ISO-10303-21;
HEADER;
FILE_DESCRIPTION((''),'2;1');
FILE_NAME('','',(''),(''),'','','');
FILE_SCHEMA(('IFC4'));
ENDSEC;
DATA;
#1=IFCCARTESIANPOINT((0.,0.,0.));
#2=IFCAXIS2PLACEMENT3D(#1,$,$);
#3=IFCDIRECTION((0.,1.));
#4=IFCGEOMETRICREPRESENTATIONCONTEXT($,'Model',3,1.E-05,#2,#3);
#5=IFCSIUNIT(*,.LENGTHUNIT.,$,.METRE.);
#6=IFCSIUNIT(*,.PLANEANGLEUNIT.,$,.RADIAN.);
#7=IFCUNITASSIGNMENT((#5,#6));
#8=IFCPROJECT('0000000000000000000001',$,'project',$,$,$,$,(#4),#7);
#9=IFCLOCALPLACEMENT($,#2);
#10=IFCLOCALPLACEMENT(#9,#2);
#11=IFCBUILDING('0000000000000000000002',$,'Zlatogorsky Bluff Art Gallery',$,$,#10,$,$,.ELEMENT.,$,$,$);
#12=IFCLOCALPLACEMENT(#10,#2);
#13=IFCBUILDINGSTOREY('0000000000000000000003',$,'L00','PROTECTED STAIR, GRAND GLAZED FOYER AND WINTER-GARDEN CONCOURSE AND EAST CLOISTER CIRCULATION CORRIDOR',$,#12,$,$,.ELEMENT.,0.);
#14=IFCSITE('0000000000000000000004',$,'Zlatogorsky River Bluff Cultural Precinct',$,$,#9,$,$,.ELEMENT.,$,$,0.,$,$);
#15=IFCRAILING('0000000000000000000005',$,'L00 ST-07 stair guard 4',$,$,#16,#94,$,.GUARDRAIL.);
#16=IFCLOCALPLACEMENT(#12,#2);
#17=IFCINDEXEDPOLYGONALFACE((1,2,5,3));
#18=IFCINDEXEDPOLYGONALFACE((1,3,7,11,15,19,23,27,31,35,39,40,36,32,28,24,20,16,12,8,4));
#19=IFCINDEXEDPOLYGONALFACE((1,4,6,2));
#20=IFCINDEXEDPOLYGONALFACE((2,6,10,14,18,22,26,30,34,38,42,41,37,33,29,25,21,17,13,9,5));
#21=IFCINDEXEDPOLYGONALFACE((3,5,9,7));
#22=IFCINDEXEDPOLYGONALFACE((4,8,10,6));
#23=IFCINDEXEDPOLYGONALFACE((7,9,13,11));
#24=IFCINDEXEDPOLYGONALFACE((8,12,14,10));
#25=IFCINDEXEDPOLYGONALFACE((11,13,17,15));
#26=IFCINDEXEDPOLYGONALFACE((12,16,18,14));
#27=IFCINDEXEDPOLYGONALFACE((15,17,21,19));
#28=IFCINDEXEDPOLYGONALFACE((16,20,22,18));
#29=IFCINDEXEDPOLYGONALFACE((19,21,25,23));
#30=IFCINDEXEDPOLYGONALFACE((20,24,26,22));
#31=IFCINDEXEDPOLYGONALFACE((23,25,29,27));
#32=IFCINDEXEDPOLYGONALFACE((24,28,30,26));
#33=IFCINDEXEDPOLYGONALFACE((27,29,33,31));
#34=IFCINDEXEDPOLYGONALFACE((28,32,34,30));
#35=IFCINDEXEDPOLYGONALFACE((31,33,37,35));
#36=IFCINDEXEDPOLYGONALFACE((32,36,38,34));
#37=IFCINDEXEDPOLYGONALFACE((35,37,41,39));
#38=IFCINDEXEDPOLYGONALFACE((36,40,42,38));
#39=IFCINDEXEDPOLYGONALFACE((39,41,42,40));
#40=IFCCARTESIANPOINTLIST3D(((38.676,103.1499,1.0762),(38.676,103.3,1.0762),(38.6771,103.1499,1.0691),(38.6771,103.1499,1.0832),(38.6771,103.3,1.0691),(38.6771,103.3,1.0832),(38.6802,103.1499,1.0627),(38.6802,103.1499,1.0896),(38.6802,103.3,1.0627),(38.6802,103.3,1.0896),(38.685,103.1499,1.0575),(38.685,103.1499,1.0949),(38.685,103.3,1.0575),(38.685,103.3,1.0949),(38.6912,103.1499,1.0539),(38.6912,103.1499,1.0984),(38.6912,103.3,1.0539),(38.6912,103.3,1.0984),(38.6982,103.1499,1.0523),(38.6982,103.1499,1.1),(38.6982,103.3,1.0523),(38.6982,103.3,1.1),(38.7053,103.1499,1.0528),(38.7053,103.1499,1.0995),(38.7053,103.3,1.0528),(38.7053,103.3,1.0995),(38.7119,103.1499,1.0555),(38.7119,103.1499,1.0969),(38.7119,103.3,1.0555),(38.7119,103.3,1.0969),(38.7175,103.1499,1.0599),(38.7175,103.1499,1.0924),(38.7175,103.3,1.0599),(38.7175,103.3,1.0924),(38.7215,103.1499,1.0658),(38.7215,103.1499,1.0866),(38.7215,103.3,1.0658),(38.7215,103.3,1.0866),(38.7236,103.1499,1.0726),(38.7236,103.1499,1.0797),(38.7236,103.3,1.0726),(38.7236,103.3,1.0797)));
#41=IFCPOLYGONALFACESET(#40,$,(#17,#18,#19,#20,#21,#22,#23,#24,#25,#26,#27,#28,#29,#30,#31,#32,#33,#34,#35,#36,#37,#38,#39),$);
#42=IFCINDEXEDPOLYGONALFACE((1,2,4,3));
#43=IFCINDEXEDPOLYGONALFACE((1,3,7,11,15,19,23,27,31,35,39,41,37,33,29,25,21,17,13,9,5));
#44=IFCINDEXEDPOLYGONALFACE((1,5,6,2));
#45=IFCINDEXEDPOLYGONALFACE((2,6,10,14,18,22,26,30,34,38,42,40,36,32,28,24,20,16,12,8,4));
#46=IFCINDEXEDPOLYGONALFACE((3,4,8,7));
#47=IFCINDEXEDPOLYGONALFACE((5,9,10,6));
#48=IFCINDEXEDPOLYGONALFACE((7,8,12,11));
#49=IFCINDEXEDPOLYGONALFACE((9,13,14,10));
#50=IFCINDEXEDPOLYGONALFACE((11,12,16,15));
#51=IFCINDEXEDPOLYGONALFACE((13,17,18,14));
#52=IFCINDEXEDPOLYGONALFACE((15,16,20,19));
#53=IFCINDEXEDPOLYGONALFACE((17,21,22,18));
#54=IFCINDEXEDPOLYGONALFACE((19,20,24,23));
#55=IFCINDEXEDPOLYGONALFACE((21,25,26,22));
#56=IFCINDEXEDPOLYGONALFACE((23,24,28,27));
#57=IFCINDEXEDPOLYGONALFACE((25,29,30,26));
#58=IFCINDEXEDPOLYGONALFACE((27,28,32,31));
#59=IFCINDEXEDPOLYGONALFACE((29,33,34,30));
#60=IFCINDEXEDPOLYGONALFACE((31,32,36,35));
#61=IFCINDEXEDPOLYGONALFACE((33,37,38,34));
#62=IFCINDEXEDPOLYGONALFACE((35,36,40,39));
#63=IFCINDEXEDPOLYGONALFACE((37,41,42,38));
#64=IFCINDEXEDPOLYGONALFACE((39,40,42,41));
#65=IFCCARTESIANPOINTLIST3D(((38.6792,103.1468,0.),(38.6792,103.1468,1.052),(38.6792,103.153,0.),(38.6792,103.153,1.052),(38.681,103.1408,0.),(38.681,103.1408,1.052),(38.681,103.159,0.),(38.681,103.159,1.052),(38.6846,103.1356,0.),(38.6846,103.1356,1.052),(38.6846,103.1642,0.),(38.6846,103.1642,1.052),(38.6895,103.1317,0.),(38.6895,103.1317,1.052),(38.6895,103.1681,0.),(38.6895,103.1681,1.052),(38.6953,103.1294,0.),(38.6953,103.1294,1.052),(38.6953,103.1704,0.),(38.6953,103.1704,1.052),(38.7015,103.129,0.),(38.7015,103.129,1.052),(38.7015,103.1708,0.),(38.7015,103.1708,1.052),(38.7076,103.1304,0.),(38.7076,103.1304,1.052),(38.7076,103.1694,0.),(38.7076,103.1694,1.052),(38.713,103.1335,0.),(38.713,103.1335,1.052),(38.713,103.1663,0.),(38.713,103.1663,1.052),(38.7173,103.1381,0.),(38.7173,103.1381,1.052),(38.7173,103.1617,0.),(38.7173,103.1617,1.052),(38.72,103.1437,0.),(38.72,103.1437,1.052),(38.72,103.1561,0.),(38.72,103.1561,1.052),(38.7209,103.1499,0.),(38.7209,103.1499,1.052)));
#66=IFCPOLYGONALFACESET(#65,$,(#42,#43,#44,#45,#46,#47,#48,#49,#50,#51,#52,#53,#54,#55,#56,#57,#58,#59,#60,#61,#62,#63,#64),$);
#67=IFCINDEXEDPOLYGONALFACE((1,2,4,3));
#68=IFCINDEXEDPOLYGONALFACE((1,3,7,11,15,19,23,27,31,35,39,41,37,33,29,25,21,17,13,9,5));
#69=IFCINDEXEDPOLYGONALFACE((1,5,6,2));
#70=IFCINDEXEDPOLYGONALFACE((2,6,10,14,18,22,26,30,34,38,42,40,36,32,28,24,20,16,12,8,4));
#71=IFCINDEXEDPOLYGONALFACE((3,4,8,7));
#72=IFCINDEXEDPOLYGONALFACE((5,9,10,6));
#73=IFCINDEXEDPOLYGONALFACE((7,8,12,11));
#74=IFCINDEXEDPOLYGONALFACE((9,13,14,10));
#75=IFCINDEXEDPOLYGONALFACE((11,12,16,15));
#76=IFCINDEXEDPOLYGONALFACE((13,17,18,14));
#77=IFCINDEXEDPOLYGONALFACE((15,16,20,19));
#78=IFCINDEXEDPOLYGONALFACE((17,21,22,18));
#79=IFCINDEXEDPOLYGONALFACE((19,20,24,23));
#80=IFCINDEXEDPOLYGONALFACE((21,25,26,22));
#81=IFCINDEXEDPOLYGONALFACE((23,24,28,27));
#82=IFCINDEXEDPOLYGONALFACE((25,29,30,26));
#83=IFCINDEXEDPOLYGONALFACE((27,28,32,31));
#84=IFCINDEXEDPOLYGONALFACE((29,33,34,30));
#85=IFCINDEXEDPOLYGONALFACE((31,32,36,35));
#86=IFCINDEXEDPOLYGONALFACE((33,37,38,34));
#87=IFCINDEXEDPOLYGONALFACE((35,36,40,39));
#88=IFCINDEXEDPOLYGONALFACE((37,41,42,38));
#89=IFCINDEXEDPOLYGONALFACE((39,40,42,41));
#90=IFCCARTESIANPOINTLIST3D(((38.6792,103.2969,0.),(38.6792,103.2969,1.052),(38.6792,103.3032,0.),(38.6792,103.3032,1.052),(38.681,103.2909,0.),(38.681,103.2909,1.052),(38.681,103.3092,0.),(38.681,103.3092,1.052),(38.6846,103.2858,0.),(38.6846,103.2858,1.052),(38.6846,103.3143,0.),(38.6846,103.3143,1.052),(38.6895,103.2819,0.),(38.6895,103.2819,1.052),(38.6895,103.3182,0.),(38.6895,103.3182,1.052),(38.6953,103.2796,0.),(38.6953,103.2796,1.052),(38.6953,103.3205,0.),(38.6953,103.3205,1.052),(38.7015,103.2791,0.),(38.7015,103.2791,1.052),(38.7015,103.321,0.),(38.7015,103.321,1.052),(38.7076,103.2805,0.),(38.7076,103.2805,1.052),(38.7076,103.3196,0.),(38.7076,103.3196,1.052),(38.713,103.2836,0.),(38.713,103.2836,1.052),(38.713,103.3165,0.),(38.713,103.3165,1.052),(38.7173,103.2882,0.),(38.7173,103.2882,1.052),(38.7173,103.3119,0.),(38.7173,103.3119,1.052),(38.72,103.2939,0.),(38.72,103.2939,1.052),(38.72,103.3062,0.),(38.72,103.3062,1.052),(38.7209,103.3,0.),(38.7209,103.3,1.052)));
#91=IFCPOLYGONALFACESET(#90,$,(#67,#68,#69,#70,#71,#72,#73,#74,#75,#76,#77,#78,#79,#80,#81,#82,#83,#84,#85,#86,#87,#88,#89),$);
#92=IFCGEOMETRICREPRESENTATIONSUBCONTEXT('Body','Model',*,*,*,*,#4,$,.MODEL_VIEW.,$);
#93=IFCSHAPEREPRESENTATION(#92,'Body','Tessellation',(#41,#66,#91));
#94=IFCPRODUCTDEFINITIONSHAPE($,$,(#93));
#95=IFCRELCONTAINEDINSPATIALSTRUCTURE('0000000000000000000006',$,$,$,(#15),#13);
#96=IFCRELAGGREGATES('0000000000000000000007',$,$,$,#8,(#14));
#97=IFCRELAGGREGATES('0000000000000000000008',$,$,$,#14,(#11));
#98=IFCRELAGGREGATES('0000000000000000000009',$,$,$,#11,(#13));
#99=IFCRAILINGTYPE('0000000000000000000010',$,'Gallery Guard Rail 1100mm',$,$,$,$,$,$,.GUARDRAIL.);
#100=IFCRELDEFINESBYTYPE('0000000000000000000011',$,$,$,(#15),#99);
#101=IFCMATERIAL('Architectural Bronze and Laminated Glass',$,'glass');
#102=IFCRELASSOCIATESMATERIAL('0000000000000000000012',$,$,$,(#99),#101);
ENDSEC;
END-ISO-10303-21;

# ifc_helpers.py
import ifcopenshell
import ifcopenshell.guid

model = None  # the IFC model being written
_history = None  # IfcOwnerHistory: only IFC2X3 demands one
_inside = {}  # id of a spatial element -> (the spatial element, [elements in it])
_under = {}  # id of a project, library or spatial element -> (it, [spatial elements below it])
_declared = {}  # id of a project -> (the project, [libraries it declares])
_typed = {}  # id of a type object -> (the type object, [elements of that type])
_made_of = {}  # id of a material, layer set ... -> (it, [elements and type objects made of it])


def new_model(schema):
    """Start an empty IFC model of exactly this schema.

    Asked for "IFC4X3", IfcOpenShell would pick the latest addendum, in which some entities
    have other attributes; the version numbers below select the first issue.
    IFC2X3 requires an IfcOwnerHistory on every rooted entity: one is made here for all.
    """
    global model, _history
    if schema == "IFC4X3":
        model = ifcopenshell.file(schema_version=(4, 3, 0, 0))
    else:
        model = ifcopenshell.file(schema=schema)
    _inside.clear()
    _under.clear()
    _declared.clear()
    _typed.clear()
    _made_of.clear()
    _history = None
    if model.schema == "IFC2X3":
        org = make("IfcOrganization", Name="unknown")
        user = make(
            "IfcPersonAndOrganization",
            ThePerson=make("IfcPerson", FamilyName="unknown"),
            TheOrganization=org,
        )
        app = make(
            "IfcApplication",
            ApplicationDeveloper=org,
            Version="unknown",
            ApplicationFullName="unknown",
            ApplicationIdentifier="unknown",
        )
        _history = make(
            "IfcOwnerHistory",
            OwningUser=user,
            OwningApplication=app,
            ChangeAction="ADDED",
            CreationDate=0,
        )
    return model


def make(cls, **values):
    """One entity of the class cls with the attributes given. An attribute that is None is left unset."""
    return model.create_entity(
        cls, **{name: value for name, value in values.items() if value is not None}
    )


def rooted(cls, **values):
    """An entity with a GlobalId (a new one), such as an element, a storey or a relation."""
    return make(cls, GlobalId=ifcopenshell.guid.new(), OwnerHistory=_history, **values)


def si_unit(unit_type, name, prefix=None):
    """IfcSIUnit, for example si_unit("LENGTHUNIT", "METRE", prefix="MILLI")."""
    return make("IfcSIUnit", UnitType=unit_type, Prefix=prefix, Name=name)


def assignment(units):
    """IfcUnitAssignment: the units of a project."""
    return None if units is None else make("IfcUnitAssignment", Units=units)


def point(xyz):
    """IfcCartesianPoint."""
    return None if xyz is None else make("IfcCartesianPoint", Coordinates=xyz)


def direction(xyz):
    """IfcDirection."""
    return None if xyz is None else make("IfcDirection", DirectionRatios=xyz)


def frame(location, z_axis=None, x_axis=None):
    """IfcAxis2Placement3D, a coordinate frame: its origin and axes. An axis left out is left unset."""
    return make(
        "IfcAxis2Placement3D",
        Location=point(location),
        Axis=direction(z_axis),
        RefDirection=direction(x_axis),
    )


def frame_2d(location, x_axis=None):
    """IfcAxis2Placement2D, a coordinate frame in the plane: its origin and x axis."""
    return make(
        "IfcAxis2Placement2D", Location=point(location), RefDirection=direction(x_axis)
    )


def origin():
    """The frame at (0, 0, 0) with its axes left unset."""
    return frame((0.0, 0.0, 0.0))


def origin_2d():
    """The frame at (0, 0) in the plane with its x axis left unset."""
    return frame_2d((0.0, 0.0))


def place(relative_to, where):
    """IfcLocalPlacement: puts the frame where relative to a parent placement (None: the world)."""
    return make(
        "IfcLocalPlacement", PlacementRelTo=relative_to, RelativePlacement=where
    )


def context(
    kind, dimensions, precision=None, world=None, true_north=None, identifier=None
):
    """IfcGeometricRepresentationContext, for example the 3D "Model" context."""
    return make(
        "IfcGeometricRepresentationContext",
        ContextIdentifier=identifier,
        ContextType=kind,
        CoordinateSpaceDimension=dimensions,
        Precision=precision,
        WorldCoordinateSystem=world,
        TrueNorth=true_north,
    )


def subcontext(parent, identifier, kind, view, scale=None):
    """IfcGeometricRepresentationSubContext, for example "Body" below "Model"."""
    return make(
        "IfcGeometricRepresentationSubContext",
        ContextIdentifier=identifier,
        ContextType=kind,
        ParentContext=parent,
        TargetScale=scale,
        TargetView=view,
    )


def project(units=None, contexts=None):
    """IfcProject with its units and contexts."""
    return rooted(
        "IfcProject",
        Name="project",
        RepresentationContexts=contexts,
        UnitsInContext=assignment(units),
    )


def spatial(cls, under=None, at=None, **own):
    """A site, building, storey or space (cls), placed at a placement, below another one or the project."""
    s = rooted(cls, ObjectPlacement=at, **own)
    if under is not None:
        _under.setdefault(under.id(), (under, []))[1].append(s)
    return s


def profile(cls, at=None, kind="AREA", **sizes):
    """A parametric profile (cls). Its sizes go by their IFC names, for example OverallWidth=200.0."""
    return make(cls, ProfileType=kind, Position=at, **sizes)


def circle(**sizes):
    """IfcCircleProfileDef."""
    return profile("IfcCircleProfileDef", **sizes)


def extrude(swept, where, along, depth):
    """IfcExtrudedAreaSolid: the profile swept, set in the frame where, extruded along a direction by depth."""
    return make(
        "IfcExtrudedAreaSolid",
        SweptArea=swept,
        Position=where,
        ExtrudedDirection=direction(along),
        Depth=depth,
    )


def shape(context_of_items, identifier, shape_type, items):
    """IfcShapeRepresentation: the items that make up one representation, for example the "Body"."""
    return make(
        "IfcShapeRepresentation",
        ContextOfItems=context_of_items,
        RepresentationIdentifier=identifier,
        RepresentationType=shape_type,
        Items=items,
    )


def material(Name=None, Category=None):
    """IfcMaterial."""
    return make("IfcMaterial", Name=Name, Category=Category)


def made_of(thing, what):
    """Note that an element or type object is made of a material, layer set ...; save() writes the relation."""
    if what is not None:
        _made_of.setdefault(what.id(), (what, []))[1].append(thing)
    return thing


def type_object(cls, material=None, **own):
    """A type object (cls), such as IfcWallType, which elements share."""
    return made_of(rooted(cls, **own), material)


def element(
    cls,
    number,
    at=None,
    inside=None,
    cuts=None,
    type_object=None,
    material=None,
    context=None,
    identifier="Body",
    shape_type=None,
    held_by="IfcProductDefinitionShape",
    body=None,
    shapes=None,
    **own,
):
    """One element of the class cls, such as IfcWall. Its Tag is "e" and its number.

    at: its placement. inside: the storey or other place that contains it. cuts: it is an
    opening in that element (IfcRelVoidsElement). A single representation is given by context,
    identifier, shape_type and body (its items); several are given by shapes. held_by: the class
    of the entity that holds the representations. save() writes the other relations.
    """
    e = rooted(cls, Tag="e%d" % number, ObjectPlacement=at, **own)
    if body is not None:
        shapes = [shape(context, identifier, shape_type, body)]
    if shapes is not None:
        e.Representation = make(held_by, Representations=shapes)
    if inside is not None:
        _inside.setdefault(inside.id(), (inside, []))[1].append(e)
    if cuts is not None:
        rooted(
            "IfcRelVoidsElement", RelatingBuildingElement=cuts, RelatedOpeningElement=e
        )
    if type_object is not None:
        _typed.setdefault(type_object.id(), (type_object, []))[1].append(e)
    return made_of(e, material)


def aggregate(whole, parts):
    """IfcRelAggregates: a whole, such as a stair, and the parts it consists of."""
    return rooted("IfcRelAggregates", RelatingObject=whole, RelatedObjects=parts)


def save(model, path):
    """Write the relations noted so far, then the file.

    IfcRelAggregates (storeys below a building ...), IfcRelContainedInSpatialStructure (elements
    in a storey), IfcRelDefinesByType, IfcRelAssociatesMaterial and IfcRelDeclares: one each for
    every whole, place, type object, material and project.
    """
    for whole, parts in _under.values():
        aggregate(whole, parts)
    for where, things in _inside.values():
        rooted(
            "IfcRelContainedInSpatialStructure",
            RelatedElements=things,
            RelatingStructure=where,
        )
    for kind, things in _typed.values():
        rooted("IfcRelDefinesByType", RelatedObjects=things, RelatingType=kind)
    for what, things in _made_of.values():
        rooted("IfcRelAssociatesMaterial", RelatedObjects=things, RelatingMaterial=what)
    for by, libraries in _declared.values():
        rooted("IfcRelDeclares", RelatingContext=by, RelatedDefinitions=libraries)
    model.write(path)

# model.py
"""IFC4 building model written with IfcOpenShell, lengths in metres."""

from ifc_helpers import new_model, si_unit, direction, frame, origin, origin_2d, place, context, subcontext, project, spatial, circle, extrude, material, type_object, element, save


model = new_model("IFC4")

# Units and contexts
model_context = context("Model", 3, precision=1e-05, world=origin(), true_north=direction((0.0, 1.0)))
body_context = subcontext(model_context, "Body", "Model", "MODEL_VIEW")
ifc_project = project(units=[si_unit("LENGTHUNIT", "METRE"), si_unit("PLANEANGLEUNIT", "RADIAN")], contexts=[model_context])

# Site, building, storey
site_placement = place(None, origin())
site = spatial("IfcSite", under=ifc_project, at=site_placement, Name="Zlatogorsky River Bluff Cultural Precinct", CompositionType="ELEMENT", RefElevation=0.0)
building_placement = place(site_placement, origin())
building = spatial("IfcBuilding", under=site, at=building_placement, Name="Zlatogorsky Bluff Art Gallery", CompositionType="ELEMENT")
storey_placement = place(building_placement, origin())
storey = spatial("IfcBuildingStorey", under=building, at=storey_placement, Name="L00", Description="PROTECTED STAIR, GRAND GLAZED FOYER AND WINTER-GARDEN CONCOURSE AND EAST CLOISTER CIRCULATION CORRIDOR", CompositionType="ELEMENT", Elevation=0.0)

# Railing
ifc_material_1 = material(Name="Architectural Bronze and Laminated Glass", Category="glass")
railing_type_1 = type_object("IfcRailingType", Name="Gallery Guard Rail 1100mm", PredefinedType="GUARDRAIL", material=ifc_material_1)
railing_1_placement = place(storey_placement, frame((38.7, 103.1499, 0.0)))
element("IfcRailing", 1, at=railing_1_placement, inside=storey, type_object=railing_type_1, Name="L00 ST-07 stair guard 4", PredefinedType="GUARDRAIL", context=body_context, shape_type="SweptSolid", body=[
    extrude(circle(Radius=0.0239, at=origin_2d()), frame((0.0, 0.0, 1.0762), z_axis=(0.0, 1.0, 0.0), x_axis=(-1.0, 0.0, 0.0)), (0.0, 0.0, 1.0), 0.1501),
    extrude(circle(Radius=0.021, at=origin_2d()), origin(), (0.0, 0.0, 1.0), 1.052),
    extrude(circle(Radius=0.021, at=origin_2d()), frame((0.0, 0.1501, 0.0)), (0.0, 0.0, 1.0), 1.052),
])

save(model, "model.ifc")
